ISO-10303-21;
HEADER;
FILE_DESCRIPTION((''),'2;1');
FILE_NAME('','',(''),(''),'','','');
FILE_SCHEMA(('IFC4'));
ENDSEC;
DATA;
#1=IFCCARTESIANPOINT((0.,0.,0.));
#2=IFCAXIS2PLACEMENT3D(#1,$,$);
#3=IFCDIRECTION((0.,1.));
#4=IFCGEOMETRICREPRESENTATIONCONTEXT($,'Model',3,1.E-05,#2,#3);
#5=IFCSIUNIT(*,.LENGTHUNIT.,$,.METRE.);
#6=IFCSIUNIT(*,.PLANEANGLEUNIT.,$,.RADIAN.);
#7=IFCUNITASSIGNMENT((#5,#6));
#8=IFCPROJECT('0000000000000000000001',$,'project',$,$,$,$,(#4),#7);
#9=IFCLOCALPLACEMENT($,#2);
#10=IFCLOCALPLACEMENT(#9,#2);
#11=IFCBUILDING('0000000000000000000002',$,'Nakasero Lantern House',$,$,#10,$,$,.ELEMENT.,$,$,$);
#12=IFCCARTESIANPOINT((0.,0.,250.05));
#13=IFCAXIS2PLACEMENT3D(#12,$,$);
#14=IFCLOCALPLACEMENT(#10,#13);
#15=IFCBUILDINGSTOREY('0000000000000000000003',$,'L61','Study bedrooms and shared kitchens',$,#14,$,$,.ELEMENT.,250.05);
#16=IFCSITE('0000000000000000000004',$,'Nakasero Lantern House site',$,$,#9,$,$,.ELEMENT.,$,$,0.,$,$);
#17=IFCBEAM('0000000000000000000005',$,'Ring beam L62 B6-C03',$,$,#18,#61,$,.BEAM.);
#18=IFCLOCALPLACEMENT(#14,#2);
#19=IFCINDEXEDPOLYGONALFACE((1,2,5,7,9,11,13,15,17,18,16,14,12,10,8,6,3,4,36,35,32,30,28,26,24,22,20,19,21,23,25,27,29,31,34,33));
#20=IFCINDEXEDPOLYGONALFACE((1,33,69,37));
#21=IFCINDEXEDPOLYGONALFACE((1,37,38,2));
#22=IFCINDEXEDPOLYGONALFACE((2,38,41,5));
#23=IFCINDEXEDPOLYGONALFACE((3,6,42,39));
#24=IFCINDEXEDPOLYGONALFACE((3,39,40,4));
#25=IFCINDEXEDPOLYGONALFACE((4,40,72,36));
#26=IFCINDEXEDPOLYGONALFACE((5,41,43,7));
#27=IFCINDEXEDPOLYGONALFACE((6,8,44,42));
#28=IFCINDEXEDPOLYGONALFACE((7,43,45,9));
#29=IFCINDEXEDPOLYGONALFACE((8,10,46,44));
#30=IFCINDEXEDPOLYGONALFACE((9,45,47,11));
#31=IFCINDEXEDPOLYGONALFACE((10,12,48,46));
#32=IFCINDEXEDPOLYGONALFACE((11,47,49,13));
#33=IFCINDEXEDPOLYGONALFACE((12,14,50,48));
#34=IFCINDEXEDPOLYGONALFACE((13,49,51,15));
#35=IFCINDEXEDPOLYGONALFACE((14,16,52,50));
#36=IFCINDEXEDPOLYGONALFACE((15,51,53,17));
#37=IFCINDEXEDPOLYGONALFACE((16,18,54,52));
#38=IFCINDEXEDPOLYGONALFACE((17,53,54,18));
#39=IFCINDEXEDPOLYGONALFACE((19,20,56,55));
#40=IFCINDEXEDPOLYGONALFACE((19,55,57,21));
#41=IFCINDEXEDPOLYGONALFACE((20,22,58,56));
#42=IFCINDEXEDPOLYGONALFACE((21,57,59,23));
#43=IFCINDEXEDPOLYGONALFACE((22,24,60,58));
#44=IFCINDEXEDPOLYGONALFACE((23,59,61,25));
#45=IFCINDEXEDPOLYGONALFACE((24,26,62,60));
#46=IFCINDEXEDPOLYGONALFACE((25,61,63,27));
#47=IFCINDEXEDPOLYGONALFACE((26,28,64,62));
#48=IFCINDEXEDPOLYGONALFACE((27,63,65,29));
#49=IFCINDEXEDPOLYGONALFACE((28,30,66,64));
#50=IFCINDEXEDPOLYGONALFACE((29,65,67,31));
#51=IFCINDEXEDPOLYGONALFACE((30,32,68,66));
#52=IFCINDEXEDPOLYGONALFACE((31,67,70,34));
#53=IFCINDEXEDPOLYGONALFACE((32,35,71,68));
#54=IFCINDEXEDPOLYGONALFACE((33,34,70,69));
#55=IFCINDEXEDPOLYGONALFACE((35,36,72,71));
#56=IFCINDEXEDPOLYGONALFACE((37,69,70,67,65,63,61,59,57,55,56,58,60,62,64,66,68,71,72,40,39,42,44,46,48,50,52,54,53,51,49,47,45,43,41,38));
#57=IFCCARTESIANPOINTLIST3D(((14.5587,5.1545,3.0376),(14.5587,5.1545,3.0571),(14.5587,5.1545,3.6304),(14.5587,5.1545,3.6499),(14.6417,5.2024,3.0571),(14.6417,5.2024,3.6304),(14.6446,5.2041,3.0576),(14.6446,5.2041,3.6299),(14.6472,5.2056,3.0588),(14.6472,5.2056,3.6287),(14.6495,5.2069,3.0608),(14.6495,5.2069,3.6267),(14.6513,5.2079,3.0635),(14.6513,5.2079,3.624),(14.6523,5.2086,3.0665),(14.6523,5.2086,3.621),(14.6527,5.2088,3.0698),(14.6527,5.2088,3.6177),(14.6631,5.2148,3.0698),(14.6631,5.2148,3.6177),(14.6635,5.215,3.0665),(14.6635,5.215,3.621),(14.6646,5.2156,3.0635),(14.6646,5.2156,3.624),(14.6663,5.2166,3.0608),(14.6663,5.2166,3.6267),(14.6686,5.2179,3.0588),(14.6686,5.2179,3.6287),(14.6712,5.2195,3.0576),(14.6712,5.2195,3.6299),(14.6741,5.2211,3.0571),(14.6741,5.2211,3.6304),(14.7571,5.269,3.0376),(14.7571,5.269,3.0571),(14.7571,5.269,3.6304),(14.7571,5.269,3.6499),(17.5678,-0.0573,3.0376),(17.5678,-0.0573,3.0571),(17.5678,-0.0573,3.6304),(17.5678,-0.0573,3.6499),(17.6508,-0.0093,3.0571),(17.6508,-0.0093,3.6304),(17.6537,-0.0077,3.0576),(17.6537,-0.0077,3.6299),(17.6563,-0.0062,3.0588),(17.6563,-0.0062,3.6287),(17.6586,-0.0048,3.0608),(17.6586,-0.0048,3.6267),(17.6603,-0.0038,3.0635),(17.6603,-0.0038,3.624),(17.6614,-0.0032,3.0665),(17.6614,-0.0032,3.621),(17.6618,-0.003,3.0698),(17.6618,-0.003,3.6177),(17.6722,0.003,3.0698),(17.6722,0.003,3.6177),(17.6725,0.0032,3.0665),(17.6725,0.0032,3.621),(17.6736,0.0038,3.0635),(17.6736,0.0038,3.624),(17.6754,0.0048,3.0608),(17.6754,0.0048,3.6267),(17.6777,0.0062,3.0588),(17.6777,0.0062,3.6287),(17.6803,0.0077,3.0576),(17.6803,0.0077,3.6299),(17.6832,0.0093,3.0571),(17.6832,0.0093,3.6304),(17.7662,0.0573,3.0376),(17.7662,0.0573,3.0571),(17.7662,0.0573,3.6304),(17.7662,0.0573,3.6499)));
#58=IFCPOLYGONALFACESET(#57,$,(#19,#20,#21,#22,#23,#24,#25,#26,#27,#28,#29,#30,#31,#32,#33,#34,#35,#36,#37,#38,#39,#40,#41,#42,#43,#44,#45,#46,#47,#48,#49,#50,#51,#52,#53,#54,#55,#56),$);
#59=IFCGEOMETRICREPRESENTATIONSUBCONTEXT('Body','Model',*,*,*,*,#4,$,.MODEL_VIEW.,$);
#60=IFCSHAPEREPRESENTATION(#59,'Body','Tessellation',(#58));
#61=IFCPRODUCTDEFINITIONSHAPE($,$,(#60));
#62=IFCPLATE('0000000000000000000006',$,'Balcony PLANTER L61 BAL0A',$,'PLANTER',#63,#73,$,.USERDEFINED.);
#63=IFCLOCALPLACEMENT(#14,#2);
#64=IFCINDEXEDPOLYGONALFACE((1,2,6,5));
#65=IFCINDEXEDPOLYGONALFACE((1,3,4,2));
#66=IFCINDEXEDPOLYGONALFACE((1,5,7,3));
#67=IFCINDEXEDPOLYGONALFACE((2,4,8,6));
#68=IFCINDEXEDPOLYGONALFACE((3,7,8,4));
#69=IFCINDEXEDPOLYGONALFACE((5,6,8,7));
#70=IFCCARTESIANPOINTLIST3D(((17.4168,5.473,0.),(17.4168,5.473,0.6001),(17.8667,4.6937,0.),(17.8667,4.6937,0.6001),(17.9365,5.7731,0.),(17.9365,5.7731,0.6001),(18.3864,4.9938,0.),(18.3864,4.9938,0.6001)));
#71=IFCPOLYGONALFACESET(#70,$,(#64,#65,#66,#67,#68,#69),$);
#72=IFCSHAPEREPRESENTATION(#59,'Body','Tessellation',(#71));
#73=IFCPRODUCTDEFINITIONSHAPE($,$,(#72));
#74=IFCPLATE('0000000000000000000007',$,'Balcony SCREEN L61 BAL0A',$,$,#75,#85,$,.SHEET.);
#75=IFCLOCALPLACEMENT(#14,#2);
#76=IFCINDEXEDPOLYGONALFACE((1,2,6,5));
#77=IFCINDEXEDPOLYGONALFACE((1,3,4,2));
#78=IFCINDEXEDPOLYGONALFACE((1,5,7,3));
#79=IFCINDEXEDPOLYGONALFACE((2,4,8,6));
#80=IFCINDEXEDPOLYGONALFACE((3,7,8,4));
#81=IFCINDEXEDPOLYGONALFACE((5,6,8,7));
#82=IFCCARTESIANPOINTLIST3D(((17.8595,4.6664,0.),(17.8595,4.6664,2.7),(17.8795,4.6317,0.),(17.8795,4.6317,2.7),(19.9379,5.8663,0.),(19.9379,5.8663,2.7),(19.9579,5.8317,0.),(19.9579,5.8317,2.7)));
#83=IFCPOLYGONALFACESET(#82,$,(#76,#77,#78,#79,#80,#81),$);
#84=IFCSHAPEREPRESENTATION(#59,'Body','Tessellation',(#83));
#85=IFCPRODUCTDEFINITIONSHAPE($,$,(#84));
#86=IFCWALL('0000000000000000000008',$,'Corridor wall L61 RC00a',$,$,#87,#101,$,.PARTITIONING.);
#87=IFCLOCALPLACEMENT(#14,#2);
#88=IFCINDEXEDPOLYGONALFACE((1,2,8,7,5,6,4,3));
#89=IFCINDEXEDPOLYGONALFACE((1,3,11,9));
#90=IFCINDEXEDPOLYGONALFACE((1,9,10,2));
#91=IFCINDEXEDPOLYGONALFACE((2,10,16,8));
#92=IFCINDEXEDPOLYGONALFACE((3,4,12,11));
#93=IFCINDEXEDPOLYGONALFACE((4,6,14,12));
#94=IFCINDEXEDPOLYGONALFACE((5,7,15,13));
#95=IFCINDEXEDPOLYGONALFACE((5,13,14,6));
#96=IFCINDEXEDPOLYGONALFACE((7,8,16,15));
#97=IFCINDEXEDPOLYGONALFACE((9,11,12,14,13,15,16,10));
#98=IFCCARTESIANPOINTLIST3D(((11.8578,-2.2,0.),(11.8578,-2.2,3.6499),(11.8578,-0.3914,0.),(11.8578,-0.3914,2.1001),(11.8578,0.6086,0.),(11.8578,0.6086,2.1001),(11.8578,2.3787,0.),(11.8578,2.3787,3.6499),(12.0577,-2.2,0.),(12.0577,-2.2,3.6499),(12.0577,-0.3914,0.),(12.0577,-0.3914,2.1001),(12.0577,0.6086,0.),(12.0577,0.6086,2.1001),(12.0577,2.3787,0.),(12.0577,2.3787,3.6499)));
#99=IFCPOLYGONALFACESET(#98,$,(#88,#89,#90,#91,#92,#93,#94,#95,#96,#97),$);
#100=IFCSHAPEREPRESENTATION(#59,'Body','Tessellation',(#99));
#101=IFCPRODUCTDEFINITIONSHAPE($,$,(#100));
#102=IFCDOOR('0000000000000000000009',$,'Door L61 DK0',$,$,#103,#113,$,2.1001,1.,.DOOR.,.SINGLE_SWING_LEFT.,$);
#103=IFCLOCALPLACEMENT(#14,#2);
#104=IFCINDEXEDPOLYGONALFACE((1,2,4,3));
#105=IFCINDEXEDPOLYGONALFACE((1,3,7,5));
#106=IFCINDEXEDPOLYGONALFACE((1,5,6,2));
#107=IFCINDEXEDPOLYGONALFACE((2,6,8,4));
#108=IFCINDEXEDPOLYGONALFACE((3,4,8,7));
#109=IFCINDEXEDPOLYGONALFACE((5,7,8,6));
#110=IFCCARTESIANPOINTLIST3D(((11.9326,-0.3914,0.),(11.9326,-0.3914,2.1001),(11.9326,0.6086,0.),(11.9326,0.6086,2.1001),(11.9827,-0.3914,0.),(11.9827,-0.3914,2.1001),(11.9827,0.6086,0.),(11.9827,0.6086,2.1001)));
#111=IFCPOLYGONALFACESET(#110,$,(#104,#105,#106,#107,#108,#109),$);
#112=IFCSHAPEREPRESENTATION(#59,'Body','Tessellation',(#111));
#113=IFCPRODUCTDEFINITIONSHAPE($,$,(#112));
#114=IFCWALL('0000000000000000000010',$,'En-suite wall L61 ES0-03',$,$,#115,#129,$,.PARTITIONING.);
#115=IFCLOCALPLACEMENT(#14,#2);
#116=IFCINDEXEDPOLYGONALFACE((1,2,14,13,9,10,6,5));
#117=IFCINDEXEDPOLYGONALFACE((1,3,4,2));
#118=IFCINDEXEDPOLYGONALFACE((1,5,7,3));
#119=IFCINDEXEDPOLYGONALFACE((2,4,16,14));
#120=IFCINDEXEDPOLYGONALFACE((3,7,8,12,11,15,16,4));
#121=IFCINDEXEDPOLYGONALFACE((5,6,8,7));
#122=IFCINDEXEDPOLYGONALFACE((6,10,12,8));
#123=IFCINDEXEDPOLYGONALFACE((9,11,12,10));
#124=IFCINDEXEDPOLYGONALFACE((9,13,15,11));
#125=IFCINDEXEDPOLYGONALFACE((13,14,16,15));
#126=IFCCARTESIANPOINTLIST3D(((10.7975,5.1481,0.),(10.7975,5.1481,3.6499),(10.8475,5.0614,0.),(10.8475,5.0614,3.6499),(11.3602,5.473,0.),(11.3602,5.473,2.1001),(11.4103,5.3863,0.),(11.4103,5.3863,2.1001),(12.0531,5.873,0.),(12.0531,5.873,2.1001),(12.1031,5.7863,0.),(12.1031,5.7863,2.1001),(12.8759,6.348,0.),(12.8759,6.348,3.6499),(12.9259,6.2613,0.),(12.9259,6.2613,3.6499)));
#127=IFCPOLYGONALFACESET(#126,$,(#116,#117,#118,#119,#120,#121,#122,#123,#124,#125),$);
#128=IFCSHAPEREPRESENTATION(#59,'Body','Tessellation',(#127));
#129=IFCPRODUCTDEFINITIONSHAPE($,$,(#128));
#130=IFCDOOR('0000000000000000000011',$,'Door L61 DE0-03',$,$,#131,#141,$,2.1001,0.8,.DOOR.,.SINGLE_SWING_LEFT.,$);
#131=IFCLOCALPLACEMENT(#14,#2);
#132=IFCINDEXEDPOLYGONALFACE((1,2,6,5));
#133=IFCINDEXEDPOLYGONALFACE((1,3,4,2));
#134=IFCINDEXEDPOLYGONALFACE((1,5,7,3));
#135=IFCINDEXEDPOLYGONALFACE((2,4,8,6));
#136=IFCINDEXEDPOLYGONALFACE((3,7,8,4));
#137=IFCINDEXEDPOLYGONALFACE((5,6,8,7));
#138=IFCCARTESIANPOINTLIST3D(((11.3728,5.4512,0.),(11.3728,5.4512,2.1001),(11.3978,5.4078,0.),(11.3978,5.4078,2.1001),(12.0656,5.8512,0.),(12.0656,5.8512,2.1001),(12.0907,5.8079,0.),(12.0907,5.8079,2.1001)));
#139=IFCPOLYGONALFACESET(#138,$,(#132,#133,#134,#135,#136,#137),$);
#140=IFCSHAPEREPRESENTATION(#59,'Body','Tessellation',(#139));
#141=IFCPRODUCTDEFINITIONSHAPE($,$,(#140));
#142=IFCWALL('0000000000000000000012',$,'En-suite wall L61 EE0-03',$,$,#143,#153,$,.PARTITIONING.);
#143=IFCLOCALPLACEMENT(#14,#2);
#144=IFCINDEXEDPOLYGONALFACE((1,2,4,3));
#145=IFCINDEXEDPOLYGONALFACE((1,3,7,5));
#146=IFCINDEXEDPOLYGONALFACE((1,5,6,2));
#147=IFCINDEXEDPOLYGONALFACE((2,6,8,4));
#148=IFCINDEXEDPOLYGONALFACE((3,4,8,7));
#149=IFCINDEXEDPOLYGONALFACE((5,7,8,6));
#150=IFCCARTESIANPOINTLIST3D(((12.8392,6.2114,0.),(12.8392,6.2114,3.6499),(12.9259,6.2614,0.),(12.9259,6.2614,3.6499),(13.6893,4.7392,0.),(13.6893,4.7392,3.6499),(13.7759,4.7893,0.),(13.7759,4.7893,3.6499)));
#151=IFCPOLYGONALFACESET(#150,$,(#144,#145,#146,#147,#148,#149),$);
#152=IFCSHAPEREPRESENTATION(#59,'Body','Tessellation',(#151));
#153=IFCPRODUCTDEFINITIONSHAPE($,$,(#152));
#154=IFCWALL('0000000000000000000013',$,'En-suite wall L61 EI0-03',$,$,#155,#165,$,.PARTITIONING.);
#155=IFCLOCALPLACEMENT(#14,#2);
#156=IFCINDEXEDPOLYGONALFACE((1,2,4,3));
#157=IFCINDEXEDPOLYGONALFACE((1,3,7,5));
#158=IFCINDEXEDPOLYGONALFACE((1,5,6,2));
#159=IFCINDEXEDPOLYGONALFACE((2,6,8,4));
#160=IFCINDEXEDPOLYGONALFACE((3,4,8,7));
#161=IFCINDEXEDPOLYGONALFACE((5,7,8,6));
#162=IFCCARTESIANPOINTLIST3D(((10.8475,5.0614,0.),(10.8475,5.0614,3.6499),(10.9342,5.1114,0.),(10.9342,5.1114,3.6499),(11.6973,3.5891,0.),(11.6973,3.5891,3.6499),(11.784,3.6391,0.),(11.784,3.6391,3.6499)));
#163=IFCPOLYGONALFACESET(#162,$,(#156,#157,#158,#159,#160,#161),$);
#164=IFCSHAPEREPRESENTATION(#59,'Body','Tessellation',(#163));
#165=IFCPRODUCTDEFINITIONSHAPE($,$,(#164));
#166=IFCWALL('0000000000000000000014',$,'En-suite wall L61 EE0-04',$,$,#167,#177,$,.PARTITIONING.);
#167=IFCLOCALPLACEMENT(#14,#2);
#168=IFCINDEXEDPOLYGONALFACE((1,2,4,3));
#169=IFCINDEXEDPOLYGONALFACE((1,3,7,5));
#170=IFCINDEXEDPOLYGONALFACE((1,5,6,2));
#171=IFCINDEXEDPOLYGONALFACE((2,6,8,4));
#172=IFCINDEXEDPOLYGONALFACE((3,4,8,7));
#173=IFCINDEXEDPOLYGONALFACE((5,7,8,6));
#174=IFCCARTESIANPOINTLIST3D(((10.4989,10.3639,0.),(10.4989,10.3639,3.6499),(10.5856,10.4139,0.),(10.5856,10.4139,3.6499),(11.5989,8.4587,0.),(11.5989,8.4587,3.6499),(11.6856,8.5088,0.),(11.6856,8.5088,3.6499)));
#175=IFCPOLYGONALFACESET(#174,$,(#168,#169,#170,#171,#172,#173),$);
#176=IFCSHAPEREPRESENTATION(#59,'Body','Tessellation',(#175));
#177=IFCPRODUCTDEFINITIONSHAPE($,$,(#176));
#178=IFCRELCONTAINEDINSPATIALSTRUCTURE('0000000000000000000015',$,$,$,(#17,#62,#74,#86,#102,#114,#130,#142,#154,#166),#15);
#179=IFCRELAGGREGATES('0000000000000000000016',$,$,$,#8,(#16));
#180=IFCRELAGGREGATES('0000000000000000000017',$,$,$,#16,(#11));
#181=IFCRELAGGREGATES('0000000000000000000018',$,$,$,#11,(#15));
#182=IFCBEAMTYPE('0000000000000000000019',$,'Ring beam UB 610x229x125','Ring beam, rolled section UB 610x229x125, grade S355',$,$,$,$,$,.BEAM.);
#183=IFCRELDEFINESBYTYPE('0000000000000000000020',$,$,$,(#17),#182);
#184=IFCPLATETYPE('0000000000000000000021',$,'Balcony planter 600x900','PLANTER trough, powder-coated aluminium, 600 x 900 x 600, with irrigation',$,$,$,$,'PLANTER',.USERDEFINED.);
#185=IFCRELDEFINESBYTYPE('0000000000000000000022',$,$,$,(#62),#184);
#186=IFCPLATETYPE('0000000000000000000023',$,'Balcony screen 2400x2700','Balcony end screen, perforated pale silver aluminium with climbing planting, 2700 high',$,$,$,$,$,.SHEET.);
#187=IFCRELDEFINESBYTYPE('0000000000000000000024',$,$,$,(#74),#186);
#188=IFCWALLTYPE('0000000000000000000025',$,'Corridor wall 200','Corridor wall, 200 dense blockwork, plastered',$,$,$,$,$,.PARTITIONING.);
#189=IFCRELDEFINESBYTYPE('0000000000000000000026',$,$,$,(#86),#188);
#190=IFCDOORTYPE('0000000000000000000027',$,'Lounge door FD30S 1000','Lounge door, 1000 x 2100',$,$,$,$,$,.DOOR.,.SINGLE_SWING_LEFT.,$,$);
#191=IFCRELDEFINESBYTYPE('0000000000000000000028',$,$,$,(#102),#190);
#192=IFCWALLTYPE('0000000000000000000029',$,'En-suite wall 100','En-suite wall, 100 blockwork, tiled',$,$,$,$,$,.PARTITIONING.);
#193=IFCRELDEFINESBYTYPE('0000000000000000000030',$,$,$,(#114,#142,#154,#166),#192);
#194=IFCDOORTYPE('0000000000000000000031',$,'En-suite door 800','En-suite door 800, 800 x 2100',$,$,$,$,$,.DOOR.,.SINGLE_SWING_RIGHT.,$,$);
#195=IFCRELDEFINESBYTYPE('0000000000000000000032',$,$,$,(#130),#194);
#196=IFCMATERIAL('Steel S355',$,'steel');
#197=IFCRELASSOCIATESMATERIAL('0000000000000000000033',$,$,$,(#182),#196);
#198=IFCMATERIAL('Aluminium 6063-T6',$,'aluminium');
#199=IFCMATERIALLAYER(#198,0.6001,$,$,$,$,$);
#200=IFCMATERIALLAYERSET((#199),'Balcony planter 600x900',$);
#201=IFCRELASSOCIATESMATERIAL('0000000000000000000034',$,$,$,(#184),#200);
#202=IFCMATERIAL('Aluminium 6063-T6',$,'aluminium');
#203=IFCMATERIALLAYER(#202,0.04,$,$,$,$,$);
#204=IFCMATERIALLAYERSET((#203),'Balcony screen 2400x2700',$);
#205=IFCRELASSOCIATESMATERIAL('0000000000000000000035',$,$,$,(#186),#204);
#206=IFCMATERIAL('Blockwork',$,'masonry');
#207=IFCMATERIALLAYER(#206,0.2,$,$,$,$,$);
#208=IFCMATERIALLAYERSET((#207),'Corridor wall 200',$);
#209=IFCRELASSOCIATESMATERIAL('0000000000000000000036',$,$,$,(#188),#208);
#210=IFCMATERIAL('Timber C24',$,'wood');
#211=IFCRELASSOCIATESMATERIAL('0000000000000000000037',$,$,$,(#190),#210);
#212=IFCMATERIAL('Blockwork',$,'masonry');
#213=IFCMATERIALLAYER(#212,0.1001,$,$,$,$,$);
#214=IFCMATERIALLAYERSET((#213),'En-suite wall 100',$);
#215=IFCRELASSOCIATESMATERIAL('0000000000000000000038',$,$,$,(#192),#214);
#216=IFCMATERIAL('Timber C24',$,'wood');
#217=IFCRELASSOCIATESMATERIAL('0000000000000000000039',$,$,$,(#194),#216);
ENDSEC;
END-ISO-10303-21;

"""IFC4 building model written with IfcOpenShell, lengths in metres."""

from ifc_helpers import new_model, si_unit, direction, frame, frame_2d, origin, origin_2d, place, context, subcontext, project, spatial, rectangle, i_section, extrude, material, layer, layer_set, material_profile, profile_set, type_object, element, fill, save


model = new_model("IFC4")

# Units and contexts
model_context = context("Model", 3, precision=1e-05, world=origin(), true_north=direction((0.0, 1.0)))
body_context = subcontext(model_context, "Body", "Model", "MODEL_VIEW")
ifc_project = project(units=[si_unit("LENGTHUNIT", "METRE"), si_unit("PLANEANGLEUNIT", "RADIAN")], contexts=[model_context])

# Site, building, storey
site_placement = place(None, origin())
site = spatial("IfcSite", under=ifc_project, at=site_placement, Name="Nakasero Lantern House site", CompositionType="ELEMENT", RefElevation=0.0)
building_placement = place(site_placement, origin())
building = spatial("IfcBuilding", under=site, at=building_placement, Name="Nakasero Lantern House", CompositionType="ELEMENT")
storey_placement = place(building_placement, frame((0.0, 0.0, 250.05)))
storey = spatial("IfcBuildingStorey", under=building, at=storey_placement, Name="L61", Description="Study bedrooms and shared kitchens", CompositionType="ELEMENT", Elevation=250.05)

# Beam
ifc_material_1 = material(Name="Steel S355", Category="steel")
ifc_material_profile_1 = material_profile(ifc_material_1, i_section(OverallWidth=0.229, OverallDepth=0.6123, WebThickness=0.012, FlangeThickness=0.0195, FilletRadius=0.0127, at=origin_2d()), Name="UB 610x229x125")
ifc_profile_set_1 = profile_set([ifc_material_profile_1], Name="Steel S355")
beam_type_1 = type_object("IfcBeamType", Name="Ring beam UB 610x229x125", Description="Ring beam, rolled section UB 610x229x125, grade S355", PredefinedType="BEAM", material=ifc_profile_set_1)
beam_1_placement = place(storey_placement, frame((17.667, 0.0, 3.3438), z_axis=(-0.500009, 0.86602, 0.0), x_axis=(-0.86602, -0.500009, 0.0)))
element("IfcBeam", 1, at=beam_1_placement, inside=storey, type_object=beam_type_1, Name="Ring beam L62 B6-C03", PredefinedType="BEAM", context=body_context, shape_type="SweptSolid", body=[
    extrude(i_section(OverallWidth=0.229, OverallDepth=0.6123, WebThickness=0.012, FlangeThickness=0.0195, FilletRadius=0.0127, at=origin_2d()), origin(), (0.0, 0.0, 1.0), 6.0181),
])

# Plates
ifc_material_2 = material(Name="Aluminium 6063-T6", Category="aluminium")
ifc_layer_1 = layer(ifc_material_2, 0.6001)
ifc_layer_set_1 = layer_set([ifc_layer_1], Name="Balcony planter 600x900")
plate_type_1 = type_object("IfcPlateType", Name="Balcony planter 600x900", Description="PLANTER trough, powder-coated aluminium, 600 x 900 x 600, with irrigation", ElementType="PLANTER", PredefinedType="USERDEFINED", material=ifc_layer_set_1)
plate_1_placement = place(storey_placement, frame((17.9016, 5.2334, 0.0), z_axis=(0.0, 0.0, 1.0), x_axis=(0.866025, 0.5, 0.0)))
element("IfcPlate", 2, at=plate_1_placement, inside=storey, type_object=plate_type_1, Name="Balcony PLANTER L61 BAL0A", ObjectType="PLANTER", PredefinedType="USERDEFINED", context=body_context, shape_type="SweptSolid", body=[
    extrude(rectangle(XDim=0.6001, YDim=0.8999, at=origin_2d()), origin(), (0.0, 0.0, 1.0), 0.6001),
])
ifc_material_3 = material(Name="Aluminium 6063-T6", Category="aluminium")
ifc_layer_2 = layer(ifc_material_3, 0.04)
ifc_layer_set_2 = layer_set([ifc_layer_2], Name="Balcony screen 2400x2700")
plate_type_2 = type_object("IfcPlateType", Name="Balcony screen 2400x2700", Description="Balcony end screen, perforated pale silver aluminium with climbing planting, 2700 high", PredefinedType="SHEET", material=ifc_layer_set_2)
plate_2_placement = place(storey_placement, frame((18.9087, 5.249, 0.0), z_axis=(0.0, 0.0, 1.0), x_axis=(0.866025, 0.5, 0.0)))
element("IfcPlate", 3, at=plate_2_placement, inside=storey, type_object=plate_type_2, Name="Balcony SCREEN L61 BAL0A", PredefinedType="SHEET", context=body_context, shape_type="SweptSolid", body=[
    extrude(rectangle(XDim=2.3999, YDim=0.04, at=origin_2d()), origin(), (0.0, 0.0, 1.0), 2.7),
])

# Walls, openings, doors
ifc_material_4 = material(Name="Blockwork", Category="masonry")
ifc_layer_3 = layer(ifc_material_4, 0.2)
ifc_layer_set_3 = layer_set([ifc_layer_3], Name="Corridor wall 200")
wall_type_1 = type_object("IfcWallType", Name="Corridor wall 200", Description="Corridor wall, 200 dense blockwork, plastered", PredefinedType="PARTITIONING", material=ifc_layer_set_3)
wall_1_placement = place(storey_placement, frame((11.9578, 2.3787, 0.0), z_axis=(0.0, 0.0, 1.0), x_axis=(0.0, -1.0, 0.0)))
wall_1 = element("IfcWall", 4, at=wall_1_placement, inside=storey, type_object=wall_type_1, Name="Corridor wall L61 RC00a", PredefinedType="PARTITIONING", context=body_context, shape_type="SweptSolid", body=[
    extrude(rectangle(XDim=4.5786, YDim=0.2, at=frame_2d((2.2893, 0.0))), origin(), (0.0, 0.0, 1.0), 3.6499),
])
opening_1_placement = place(wall_1_placement, frame((1.77, 0.0, 0.0)))
opening_1 = element("IfcOpeningElement", 5, at=opening_1_placement, cuts=wall_1, PredefinedType="OPENING", context=body_context, shape_type="SweptSolid", body=[
    extrude(rectangle(XDim=1.0, YDim=2.1001, at=frame_2d((0.5, 1.05))), frame((0.0, 0.1199, 0.0), z_axis=(0.0, -1.0, 0.0), x_axis=(1.0, 0.0, 0.0)), (0.0, 0.0, 1.0), 0.24),
])
ifc_material_5 = material(Name="Timber C24", Category="wood")
door_type_1 = type_object("IfcDoorType", Name="Lounge door FD30S 1000", Description="Lounge door, 1000 x 2100", OperationType="SINGLE_SWING_LEFT", PredefinedType="DOOR", material=ifc_material_5)
door_1_placement = place(opening_1_placement, origin())
door_1 = element("IfcDoor", 6, at=door_1_placement, inside=storey, type_object=door_type_1, Name="Door L61 DK0", OperationType="SINGLE_SWING_LEFT", OverallHeight=2.1001, OverallWidth=1.0, PredefinedType="DOOR", context=body_context, shape_type="SweptSolid", body=[
    extrude(rectangle(XDim=1.0, YDim=2.1001, at=frame_2d((0.5, 1.05))), frame((0.0, 0.0249, 0.0), z_axis=(0.0, -1.0, 0.0), x_axis=(1.0, 0.0, 0.0)), (0.0, 0.0, 1.0), 0.05),
])
fill(opening_1, door_1)
ifc_material_6 = material(Name="Blockwork", Category="masonry")
ifc_layer_4 = layer(ifc_material_6, 0.1001)
ifc_layer_set_4 = layer_set([ifc_layer_4], Name="En-suite wall 100")
wall_type_2 = type_object("IfcWallType", Name="En-suite wall 100", Description="En-suite wall, 100 blockwork, tiled", PredefinedType="PARTITIONING", material=ifc_layer_set_4)
wall_2_placement = place(storey_placement, frame((10.8225, 5.1047, 0.0), z_axis=(0.0, 0.0, 1.0), x_axis=(0.866025, 0.500001, 0.0)))
wall_2 = element("IfcWall", 7, at=wall_2_placement, inside=storey, type_object=wall_type_2, Name="En-suite wall L61 ES0-03", PredefinedType="PARTITIONING", context=body_context, shape_type="SweptSolid", body=[
    extrude(rectangle(XDim=2.3999, YDim=0.1001, at=frame_2d((1.2, 0.0))), origin(), (0.0, 0.0, 1.0), 3.6499),
])
opening_2_placement = place(wall_2_placement, frame((0.6499, 0.0, 0.0)))
opening_2 = element("IfcOpeningElement", 8, at=opening_2_placement, cuts=wall_2, PredefinedType="OPENING", context=body_context, shape_type="SweptSolid", body=[
    extrude(rectangle(XDim=0.8, YDim=2.1001, at=frame_2d((0.3999, 1.05))), frame((0.0, 0.0701, 0.0), z_axis=(0.0, -1.0, 0.0), x_axis=(1.0, 0.0, 0.0)), (0.0, 0.0, 1.0), 0.1401),
])
ifc_material_7 = material(Name="Timber C24", Category="wood")
door_type_2 = type_object("IfcDoorType", Name="En-suite door 800", Description="En-suite door 800, 800 x 2100", OperationType="SINGLE_SWING_RIGHT", PredefinedType="DOOR", material=ifc_material_7)
door_2_placement = place(opening_2_placement, origin())
door_2 = element("IfcDoor", 9, at=door_2_placement, inside=storey, type_object=door_type_2, Name="Door L61 DE0-03", OperationType="SINGLE_SWING_LEFT", OverallHeight=2.1001, OverallWidth=0.8, PredefinedType="DOOR", context=body_context, shape_type="SweptSolid", body=[
    extrude(rectangle(XDim=0.8, YDim=2.1001, at=frame_2d((0.3999, 1.05))), frame((0.0, 0.0249, 0.0), z_axis=(0.0, -1.0, 0.0), x_axis=(1.0, 0.0, 0.0)), (0.0, 0.0, 1.0), 0.05),
])
fill(opening_2, door_2)

# Walls
for number, where, z_axis, x_axis, name in (
    (10, (13.7327, 4.7642, 0.0), (0.0, 0.0, 1.0), (-0.500062, 0.865989, 0.0), "En-suite wall L61 EE0-03"),
    (11, (11.7407, 3.614, 0.0), (0.0, 0.0, 1.0), (-0.499892, 0.866088, 0.0), "En-suite wall L61 EI0-03"),
):
    element("IfcWall", number, at=place(storey_placement, frame(where, z_axis=z_axis, x_axis=x_axis)), inside=storey, type_object=wall_type_2, Name=name, PredefinedType="PARTITIONING", context=body_context, shape_type="SweptSolid", body=[
        extrude(rectangle(XDim=1.7, YDim=0.1001, at=frame_2d((0.8501, 0.0))), origin(), (0.0, 0.0, 1.0), 3.6499),
    ])
wall_3_placement = place(storey_placement, frame((11.6423, 8.4836, 0.0), z_axis=(0.0, 0.0, 1.0), x_axis=(-0.50003, 0.866008, 0.0)))
element("IfcWall", 12, at=wall_3_placement, inside=storey, type_object=wall_type_2, Name="En-suite wall L61 EE0-04", PredefinedType="PARTITIONING", context=body_context, shape_type="SweptSolid", body=[
    extrude(rectangle(XDim=2.2, YDim=0.1001, at=frame_2d((1.1001, 0.0))), origin(), (0.0, 0.0, 1.0), 3.6499),
])

save(model, "model.ifc")
